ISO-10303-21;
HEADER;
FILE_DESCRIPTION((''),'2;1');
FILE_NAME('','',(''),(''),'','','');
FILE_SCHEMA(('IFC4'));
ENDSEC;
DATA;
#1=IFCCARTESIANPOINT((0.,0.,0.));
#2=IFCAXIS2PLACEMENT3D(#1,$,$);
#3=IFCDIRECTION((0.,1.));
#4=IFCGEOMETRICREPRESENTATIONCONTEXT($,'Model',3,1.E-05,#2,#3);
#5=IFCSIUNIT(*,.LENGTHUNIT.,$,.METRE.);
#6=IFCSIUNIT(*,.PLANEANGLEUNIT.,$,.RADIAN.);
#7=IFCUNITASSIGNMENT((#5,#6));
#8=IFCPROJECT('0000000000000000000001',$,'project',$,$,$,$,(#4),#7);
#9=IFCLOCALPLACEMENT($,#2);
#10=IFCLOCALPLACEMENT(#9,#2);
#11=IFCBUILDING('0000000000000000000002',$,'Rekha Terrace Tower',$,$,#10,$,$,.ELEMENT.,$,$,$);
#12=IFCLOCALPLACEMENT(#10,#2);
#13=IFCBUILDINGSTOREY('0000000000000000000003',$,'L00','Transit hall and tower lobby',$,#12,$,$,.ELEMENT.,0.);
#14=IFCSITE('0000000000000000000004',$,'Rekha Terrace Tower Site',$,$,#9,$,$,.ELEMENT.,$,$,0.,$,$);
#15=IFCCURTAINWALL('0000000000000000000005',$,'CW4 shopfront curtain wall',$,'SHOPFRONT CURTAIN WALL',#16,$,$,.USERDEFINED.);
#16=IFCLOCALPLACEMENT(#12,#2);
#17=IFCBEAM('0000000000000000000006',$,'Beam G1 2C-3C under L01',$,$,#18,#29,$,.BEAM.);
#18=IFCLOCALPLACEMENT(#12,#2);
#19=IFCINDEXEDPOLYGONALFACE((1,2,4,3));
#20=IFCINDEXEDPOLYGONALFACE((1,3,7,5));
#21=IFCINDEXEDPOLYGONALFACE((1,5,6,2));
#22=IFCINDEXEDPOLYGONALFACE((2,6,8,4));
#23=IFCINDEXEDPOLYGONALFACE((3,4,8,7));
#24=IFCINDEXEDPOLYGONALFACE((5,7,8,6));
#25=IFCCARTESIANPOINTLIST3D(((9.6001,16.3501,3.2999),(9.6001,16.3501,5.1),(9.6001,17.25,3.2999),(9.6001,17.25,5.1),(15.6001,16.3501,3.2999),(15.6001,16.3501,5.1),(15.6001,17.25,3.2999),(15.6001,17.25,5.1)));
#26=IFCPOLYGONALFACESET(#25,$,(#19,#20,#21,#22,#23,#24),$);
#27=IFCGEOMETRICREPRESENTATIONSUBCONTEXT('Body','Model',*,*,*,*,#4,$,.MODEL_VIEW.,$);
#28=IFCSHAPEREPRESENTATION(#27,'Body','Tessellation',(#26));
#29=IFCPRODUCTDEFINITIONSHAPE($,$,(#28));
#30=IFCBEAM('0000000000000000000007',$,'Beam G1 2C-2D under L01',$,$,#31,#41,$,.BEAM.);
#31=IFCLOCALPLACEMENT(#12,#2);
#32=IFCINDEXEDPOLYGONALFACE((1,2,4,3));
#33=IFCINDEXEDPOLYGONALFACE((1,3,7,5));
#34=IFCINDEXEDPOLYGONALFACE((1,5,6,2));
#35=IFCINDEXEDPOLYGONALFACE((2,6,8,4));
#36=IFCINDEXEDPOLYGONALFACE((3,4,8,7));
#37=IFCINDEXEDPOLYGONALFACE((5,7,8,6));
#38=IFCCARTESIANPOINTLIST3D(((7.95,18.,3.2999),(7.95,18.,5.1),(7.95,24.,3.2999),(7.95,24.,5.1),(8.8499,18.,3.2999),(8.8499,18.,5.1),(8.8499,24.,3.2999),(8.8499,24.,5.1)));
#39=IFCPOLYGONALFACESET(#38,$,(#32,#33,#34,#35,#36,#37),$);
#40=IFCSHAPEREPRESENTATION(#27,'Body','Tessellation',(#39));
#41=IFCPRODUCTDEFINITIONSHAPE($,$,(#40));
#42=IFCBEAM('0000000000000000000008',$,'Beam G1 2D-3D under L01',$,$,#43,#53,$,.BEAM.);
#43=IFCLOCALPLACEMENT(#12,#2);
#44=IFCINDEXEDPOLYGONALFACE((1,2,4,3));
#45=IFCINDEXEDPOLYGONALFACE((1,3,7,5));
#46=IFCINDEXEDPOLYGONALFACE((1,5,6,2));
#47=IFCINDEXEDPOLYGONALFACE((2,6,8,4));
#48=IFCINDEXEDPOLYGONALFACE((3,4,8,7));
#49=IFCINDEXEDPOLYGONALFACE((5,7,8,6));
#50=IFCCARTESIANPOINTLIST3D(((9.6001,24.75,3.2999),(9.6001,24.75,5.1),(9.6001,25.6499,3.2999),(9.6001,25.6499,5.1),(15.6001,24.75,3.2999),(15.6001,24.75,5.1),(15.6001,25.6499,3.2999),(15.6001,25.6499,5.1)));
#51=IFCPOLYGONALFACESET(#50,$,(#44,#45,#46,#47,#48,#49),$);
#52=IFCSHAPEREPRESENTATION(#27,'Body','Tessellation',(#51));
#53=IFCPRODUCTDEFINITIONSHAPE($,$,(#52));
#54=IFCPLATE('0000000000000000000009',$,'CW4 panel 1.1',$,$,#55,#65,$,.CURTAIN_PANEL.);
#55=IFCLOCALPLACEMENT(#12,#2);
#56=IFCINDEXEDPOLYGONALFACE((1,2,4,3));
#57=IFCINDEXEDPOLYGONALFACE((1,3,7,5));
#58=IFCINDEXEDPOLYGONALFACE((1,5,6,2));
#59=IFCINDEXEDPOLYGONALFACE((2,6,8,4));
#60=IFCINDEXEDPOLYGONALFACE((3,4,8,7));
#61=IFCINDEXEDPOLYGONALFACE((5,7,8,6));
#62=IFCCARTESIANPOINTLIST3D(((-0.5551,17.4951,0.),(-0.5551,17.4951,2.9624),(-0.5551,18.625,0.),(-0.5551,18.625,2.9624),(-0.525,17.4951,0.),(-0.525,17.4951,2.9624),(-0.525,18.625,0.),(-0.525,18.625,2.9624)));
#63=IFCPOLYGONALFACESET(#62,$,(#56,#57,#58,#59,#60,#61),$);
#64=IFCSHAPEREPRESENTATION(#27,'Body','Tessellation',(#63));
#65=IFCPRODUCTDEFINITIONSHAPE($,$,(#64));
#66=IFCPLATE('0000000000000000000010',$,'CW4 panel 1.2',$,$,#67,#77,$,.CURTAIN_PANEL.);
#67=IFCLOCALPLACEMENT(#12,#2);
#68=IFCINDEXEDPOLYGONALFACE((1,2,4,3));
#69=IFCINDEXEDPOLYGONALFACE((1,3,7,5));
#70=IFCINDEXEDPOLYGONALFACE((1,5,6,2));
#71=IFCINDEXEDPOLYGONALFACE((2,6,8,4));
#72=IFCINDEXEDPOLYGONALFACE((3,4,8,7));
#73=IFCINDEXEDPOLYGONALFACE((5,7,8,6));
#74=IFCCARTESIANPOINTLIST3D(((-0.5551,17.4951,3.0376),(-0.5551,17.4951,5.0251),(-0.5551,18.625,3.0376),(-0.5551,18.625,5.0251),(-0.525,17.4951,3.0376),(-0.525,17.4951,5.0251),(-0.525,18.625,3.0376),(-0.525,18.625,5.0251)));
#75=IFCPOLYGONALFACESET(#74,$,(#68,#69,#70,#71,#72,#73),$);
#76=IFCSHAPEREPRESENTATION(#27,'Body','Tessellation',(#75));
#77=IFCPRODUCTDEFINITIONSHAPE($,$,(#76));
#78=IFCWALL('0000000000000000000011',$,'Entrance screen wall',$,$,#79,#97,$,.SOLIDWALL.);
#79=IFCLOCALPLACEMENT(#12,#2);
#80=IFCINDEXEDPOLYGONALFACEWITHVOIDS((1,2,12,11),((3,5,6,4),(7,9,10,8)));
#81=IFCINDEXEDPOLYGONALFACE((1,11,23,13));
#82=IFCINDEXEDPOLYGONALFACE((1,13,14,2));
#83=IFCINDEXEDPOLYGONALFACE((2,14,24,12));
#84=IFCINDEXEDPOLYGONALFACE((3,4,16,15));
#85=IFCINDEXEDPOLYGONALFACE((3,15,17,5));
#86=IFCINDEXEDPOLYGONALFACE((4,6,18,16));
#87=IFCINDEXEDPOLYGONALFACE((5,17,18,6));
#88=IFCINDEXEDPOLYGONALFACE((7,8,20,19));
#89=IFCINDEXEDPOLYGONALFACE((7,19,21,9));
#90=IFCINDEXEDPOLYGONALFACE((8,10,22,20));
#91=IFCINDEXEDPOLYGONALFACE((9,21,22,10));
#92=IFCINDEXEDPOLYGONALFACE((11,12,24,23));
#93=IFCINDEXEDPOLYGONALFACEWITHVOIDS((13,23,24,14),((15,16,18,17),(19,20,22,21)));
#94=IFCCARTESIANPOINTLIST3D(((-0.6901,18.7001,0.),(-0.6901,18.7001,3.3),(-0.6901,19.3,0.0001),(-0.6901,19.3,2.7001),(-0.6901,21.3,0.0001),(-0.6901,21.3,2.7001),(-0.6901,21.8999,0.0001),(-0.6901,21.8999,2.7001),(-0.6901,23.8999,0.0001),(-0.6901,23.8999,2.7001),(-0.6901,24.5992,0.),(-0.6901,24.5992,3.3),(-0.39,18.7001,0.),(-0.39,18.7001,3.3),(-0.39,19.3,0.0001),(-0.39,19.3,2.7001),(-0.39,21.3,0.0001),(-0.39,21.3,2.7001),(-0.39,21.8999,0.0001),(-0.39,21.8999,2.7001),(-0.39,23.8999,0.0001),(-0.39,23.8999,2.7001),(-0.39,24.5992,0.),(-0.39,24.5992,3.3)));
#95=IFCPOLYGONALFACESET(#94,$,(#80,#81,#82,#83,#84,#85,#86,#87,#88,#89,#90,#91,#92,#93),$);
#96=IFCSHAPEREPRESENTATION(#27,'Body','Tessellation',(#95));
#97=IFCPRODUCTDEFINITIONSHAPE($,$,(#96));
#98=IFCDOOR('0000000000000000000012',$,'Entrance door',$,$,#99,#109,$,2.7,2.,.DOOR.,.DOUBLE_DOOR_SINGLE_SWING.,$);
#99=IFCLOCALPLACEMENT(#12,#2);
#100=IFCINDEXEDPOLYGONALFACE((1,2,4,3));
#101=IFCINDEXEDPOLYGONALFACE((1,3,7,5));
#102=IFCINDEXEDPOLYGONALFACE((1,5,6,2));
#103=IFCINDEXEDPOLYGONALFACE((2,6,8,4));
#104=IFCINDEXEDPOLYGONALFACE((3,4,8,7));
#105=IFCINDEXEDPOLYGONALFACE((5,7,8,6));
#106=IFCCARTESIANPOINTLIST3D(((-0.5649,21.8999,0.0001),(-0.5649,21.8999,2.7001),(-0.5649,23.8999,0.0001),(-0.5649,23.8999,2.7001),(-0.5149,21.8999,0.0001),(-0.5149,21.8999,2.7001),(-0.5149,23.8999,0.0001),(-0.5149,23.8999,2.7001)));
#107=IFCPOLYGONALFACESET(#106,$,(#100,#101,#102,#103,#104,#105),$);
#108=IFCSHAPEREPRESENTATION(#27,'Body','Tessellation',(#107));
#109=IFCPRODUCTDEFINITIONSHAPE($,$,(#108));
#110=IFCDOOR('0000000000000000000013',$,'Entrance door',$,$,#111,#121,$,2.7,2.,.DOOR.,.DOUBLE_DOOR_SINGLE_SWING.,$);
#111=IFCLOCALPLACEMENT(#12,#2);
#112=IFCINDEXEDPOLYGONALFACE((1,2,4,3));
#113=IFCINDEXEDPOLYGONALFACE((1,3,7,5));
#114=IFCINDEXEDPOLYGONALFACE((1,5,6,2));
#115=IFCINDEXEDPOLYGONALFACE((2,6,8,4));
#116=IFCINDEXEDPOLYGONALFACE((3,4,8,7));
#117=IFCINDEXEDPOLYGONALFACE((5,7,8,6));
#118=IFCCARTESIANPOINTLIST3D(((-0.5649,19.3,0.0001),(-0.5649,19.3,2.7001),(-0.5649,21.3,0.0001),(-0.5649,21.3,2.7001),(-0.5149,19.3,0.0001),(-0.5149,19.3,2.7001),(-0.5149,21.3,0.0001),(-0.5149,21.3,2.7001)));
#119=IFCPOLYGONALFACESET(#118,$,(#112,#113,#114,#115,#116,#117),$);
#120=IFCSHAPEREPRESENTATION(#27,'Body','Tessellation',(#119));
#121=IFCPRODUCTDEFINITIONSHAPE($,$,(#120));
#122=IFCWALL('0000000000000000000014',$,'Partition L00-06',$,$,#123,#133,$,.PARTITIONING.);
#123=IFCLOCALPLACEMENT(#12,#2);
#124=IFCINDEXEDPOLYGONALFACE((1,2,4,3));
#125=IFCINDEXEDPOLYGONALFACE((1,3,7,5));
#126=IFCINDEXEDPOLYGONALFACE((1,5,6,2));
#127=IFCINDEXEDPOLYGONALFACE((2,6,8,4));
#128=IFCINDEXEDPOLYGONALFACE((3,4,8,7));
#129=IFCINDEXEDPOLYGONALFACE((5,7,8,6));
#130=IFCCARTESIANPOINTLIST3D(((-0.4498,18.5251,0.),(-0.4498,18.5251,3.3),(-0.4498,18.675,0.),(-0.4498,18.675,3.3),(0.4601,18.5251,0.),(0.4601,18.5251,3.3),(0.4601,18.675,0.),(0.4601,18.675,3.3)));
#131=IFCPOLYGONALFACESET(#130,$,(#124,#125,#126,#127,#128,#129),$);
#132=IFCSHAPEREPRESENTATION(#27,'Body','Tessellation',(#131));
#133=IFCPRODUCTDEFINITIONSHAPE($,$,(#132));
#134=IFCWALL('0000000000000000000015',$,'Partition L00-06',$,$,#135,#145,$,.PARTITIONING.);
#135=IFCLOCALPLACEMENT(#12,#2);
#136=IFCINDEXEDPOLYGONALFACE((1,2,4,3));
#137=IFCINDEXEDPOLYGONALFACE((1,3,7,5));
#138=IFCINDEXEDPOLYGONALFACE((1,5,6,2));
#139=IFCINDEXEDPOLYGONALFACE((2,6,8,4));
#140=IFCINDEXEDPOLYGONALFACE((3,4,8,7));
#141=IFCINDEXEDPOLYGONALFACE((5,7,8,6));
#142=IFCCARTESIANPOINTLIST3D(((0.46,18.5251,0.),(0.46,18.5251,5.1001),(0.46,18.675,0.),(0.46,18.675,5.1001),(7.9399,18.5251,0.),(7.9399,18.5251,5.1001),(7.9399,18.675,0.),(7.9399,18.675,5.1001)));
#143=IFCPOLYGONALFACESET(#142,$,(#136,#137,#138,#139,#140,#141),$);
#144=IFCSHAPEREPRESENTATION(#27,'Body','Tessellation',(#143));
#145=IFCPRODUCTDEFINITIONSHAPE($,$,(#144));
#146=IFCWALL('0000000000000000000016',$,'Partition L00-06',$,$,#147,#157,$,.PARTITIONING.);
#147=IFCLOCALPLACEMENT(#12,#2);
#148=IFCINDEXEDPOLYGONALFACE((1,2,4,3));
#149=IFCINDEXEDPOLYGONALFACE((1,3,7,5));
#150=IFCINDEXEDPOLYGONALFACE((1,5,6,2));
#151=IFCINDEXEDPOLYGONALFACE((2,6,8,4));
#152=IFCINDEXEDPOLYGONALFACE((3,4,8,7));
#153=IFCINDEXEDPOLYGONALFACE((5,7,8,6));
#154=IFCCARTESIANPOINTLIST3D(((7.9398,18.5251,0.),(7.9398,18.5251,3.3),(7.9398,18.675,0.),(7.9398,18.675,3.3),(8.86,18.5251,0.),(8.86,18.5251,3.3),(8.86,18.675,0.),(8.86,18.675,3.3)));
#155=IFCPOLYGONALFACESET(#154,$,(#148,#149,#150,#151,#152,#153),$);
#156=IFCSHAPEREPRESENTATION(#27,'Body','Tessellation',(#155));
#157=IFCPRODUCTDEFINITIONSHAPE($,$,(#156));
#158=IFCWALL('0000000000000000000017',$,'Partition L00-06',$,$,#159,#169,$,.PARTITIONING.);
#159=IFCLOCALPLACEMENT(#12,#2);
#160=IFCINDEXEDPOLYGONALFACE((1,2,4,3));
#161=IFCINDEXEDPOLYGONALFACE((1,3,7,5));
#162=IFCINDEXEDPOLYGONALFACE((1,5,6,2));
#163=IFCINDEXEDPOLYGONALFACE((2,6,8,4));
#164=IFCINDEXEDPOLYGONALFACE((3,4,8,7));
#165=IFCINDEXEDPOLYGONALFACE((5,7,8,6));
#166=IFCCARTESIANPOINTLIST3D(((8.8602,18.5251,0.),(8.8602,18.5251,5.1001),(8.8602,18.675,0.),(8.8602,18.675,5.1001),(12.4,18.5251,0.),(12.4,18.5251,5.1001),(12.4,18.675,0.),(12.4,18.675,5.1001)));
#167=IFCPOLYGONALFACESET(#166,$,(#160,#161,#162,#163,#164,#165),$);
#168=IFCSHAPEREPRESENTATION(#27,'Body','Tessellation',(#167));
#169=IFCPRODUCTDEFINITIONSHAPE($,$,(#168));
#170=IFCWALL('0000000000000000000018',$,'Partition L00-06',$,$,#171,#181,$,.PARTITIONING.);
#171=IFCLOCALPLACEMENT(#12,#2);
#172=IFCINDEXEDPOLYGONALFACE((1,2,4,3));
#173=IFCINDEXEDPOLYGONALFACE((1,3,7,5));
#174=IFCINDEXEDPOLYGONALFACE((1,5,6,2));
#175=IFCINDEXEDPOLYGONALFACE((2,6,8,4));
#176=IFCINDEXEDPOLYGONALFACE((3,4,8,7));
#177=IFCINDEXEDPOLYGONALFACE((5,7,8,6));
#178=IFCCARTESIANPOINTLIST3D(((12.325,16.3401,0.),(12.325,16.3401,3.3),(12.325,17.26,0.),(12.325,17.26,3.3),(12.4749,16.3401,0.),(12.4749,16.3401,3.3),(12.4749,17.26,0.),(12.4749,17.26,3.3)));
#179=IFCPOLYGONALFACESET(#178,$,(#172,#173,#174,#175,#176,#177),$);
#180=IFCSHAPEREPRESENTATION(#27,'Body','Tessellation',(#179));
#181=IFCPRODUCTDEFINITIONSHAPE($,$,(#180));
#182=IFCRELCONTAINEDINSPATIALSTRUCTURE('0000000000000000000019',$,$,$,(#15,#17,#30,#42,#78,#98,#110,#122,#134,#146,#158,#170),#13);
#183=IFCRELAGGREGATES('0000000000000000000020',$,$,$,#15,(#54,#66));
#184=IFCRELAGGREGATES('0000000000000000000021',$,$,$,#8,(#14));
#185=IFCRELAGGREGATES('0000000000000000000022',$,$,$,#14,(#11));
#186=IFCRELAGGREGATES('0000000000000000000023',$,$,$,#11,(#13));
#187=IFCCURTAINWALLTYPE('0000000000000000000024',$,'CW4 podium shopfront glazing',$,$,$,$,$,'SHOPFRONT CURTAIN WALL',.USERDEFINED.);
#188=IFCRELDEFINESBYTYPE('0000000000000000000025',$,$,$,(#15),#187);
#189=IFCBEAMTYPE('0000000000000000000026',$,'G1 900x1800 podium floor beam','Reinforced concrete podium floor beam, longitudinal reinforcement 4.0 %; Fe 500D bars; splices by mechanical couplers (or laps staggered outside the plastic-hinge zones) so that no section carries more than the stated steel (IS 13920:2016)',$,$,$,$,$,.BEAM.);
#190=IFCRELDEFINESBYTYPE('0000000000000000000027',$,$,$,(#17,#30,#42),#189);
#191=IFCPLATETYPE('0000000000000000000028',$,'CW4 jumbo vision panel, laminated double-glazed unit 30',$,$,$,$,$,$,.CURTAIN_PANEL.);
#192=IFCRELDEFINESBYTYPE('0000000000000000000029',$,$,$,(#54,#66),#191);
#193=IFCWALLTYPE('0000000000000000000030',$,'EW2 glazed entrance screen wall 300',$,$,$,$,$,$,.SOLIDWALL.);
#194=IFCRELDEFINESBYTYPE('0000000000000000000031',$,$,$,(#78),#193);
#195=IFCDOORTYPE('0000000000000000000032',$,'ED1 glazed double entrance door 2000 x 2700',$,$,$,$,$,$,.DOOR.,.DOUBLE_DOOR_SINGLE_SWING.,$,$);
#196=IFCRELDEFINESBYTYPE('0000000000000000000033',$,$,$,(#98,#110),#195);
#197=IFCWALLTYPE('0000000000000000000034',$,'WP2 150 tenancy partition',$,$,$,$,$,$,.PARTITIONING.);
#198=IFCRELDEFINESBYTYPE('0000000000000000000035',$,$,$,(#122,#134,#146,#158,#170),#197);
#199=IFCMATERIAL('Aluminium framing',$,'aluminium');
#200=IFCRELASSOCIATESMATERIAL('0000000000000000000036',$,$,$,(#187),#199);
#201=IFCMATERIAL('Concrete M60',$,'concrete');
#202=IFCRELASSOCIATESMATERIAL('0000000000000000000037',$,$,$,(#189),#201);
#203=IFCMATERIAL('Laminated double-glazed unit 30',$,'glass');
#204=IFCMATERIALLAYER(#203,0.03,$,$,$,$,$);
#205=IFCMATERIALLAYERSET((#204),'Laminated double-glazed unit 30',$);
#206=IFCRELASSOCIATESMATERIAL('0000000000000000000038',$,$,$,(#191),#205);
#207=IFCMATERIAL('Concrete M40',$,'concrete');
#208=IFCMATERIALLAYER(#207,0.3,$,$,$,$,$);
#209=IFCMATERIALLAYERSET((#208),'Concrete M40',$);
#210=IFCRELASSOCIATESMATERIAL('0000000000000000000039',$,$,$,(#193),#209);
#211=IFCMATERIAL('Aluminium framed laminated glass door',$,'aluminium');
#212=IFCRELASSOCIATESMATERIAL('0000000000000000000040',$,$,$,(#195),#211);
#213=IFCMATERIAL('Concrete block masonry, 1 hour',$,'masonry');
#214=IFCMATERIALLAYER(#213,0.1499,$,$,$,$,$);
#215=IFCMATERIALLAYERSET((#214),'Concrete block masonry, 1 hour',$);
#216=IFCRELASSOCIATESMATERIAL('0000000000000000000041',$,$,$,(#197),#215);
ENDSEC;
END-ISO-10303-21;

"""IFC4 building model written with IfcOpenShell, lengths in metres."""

from ifc_helpers import new_model, si_unit, direction, frame, frame_2d, origin, origin_2d, place, context, subcontext, project, spatial, rectangle, extrude, material, layer, layer_set, material_profile, profile_set, type_object, element, fill, aggregate, save


model = new_model("IFC4")

# Units and contexts
model_context = context("Model", 3, precision=1e-05, world=origin(), true_north=direction((0.0, 1.0)))
body_context = subcontext(model_context, "Body", "Model", "MODEL_VIEW")
ifc_project = project(units=[si_unit("LENGTHUNIT", "METRE"), si_unit("PLANEANGLEUNIT", "RADIAN")], contexts=[model_context])

# Site, building, storey
site_placement = place(None, origin())
site = spatial("IfcSite", under=ifc_project, at=site_placement, Name="Rekha Terrace Tower Site", CompositionType="ELEMENT", RefElevation=0.0)
building_placement = place(site_placement, origin())
building = spatial("IfcBuilding", under=site, at=building_placement, Name="Rekha Terrace Tower", CompositionType="ELEMENT")
storey_placement = place(building_placement, origin())
storey = spatial("IfcBuildingStorey", under=building, at=storey_placement, Name="L00", Description="Transit hall and tower lobby", CompositionType="ELEMENT", Elevation=0.0)

# Shared definitions
ifc_material_1 = material(Name="Concrete M60", Category="concrete")

# Shared definitions
ifc_material_2 = material(Name="Aluminium framing", Category="aluminium")
curtain_wall_type = type_object("IfcCurtainWallType", Name="CW4 podium shopfront glazing", ElementType="SHOPFRONT CURTAIN WALL", PredefinedType="USERDEFINED", material=ifc_material_2)

# Curtain wall
curtain_wall_1_placement = place(storey_placement, origin())
curtain_wall_1 = element("IfcCurtainWall", 1, at=curtain_wall_1_placement, inside=storey, type_object=curtain_wall_type, Name="CW4 shopfront curtain wall", ObjectType="SHOPFRONT CURTAIN WALL", PredefinedType="USERDEFINED")

# Beams
ifc_material_profile_1 = material_profile(ifc_material_1, rectangle(XDim=0.8999, YDim=1.8, at=origin_2d()), Name="RC 900x1800")
ifc_profile_set_1 = profile_set([ifc_material_profile_1], Name="Concrete M60")
beam_type = type_object("IfcBeamType", Name="G1 900x1800 podium floor beam", Description="Reinforced concrete podium floor beam, longitudinal reinforcement 4.0 %; Fe 500D bars; splices by mechanical couplers (or laps staggered outside the plastic-hinge zones) so that no section carries more than the stated steel (IS 13920:2016)", PredefinedType="BEAM", material=ifc_profile_set_1)
for number, where, z_axis, x_axis, name in (
    (2, (9.6001, 16.8, 4.2), (1.0, 0.0, 0.0), (0.0, 1.0, 0.0), "Beam G1 2C-3C under L01"),
    (3, (8.3999, 18.0, 4.2), (0.0, 1.0, 0.0), (-1.0, 0.0, 0.0), "Beam G1 2C-2D under L01"),
    (4, (9.6001, 25.2, 4.2), (1.0, 0.0, 0.0), (0.0, 1.0, 0.0), "Beam G1 2D-3D under L01"),
):
    element("IfcBeam", number, at=place(storey_placement, frame(where, z_axis=z_axis, x_axis=x_axis)), inside=storey, type_object=beam_type, Name=name, PredefinedType="BEAM", context=body_context, shape_type="SweptSolid", body=[
        extrude(rectangle(XDim=0.8999, YDim=1.8, at=origin_2d()), origin(), (0.0, 0.0, 1.0), 6.0),
    ])

# Plates
ifc_material_3 = material(Name="Laminated double-glazed unit 30", Category="glass")
ifc_layer_1 = layer(ifc_material_3, 0.03)
ifc_layer_set_1 = layer_set([ifc_layer_1], Name="Laminated double-glazed unit 30")
plate_type = type_object("IfcPlateType", Name="CW4 jumbo vision panel, laminated double-glazed unit 30", PredefinedType="CURTAIN_PANEL", material=ifc_layer_set_1)
plate_1_placement = place(storey_placement, frame((-0.54, 18.0601, 0.0), z_axis=(0.0, 0.0, 1.0), x_axis=(0.0, -1.0, 0.0)))
plate_1 = element("IfcPlate", 5, at=plate_1_placement, type_object=plate_type, Name="CW4 panel 1.1", PredefinedType="CURTAIN_PANEL", context=body_context, shape_type="SweptSolid", body=[
    extrude(rectangle(XDim=1.1299, YDim=0.03, at=origin_2d()), origin(), (0.0, 0.0, 1.0), 2.9624),
])
plate_2_placement = place(storey_placement, frame((-0.54, 18.0601, 3.0376), z_axis=(0.0, 0.0, 1.0), x_axis=(0.0, -1.0, 0.0)))
plate_2 = element("IfcPlate", 6, at=plate_2_placement, type_object=plate_type, Name="CW4 panel 1.2", PredefinedType="CURTAIN_PANEL", context=body_context, shape_type="SweptSolid", body=[
    extrude(rectangle(XDim=1.1299, YDim=0.03, at=origin_2d()), origin(), (0.0, 0.0, 1.0), 1.9875),
])
aggregate(curtain_wall_1, [plate_1, plate_2])

# Wall, openings, doors
ifc_material_4 = material(Name="Concrete M40", Category="concrete")
ifc_layer_2 = layer(ifc_material_4, 0.3)
ifc_layer_set_2 = layer_set([ifc_layer_2], Name="Concrete M40")
wall_type_1 = type_object("IfcWallType", Name="EW2 glazed entrance screen wall 300", PredefinedType="SOLIDWALL", material=ifc_layer_set_2)
wall_1_placement = place(storey_placement, frame((-0.54, 18.7, 0.0), z_axis=(0.0, 0.0, 1.0), x_axis=(0.0, 1.0, 0.0)))
wall_1 = element("IfcWall", 7, at=wall_1_placement, inside=storey, type_object=wall_type_1, Name="Entrance screen wall", PredefinedType="SOLIDWALL", context=body_context, shape_type="SweptSolid", body=[
    extrude(rectangle(XDim=5.8992, YDim=0.3, at=frame_2d((2.9497, 0.0))), origin(), (0.0, 0.0, 1.0), 3.3),
])
opening_1_placement = place(wall_1_placement, frame((3.2, 0.0, 0.0)))
opening_1 = element("IfcOpeningElement", 8, at=opening_1_placement, cuts=wall_1, PredefinedType="OPENING", context=body_context, shape_type="SweptSolid", body=[
    extrude(rectangle(XDim=2.0, YDim=2.7, at=frame_2d((1.0, 1.3501))), frame((0.0, 0.1599, 0.0), z_axis=(0.0, -1.0, 0.0), x_axis=(1.0, 0.0, 0.0)), (0.0, 0.0, 1.0), 0.3201),
])
opening_2_placement = place(wall_1_placement, frame((0.6001, 0.0, 0.0)))
opening_2 = element("IfcOpeningElement", 9, at=opening_2_placement, cuts=wall_1, PredefinedType="OPENING", context=body_context, shape_type="SweptSolid", body=[
    extrude(rectangle(XDim=2.0, YDim=2.7, at=frame_2d((1.0, 1.3501))), frame((0.0, 0.1599, 0.0), z_axis=(0.0, -1.0, 0.0), x_axis=(1.0, 0.0, 0.0)), (0.0, 0.0, 1.0), 0.3201),
])
ifc_material_5 = material(Name="Aluminium framed laminated glass door", Category="aluminium")
door_type_1 = type_object("IfcDoorType", Name="ED1 glazed double entrance door 2000 x 2700", OperationType="DOUBLE_DOOR_SINGLE_SWING", PredefinedType="DOOR", material=ifc_material_5)
door_1_placement = place(opening_1_placement, origin())
door_1 = element("IfcDoor", 10, at=door_1_placement, inside=storey, type_object=door_type_1, Name="Entrance door", OperationType="DOUBLE_DOOR_SINGLE_SWING", OverallHeight=2.7, OverallWidth=2.0, PredefinedType="DOOR", context=body_context, shape_type="SweptSolid", body=[
    extrude(rectangle(XDim=2.0, YDim=2.7, at=frame_2d((1.0, 1.3501))), frame((0.0, 0.0249, 0.0), z_axis=(0.0, -1.0, 0.0), x_axis=(1.0, 0.0, 0.0)), (0.0, 0.0, 1.0), 0.05),
])
fill(opening_1, door_1)
door_2_placement = place(opening_2_placement, origin())
door_2 = element("IfcDoor", 11, at=door_2_placement, inside=storey, type_object=door_type_1, Name="Entrance door", OperationType="DOUBLE_DOOR_SINGLE_SWING", OverallHeight=2.7, OverallWidth=2.0, PredefinedType="DOOR", context=body_context, shape_type="SweptSolid", body=[
    extrude(rectangle(XDim=2.0, YDim=2.7, at=frame_2d((1.0, 1.3501))), frame((0.0, 0.0249, 0.0), z_axis=(0.0, -1.0, 0.0), x_axis=(1.0, 0.0, 0.0)), (0.0, 0.0, 1.0), 0.05),
])
fill(opening_2, door_2)

# Walls
ifc_material_6 = material(Name="Concrete block masonry, 1 hour", Category="masonry")
ifc_layer_3 = layer(ifc_material_6, 0.1499)
ifc_layer_set_3 = layer_set([ifc_layer_3], Name="Concrete block masonry, 1 hour")
wall_type_2 = type_object("IfcWallType", Name="WP2 150 tenancy partition", PredefinedType="PARTITIONING", material=ifc_layer_set_3)
wall_2_placement = place(storey_placement, frame((-0.45, 18.6001, 0.0), z_axis=(0.0, 0.0, 1.0), x_axis=(1.0, 0.0, 0.0)))
element("IfcWall", 12, at=wall_2_placement, inside=storey, type_object=wall_type_2, Name="Partition L00-06", PredefinedType="PARTITIONING", context=body_context, shape_type="SweptSolid", body=[
    extrude(rectangle(XDim=0.9099, YDim=0.1499, at=frame_2d((0.4551, 0.0))), origin(), (0.0, 0.0, 1.0), 3.3),
])
wall_3_placement = place(storey_placement, frame((0.46, 18.6001, 0.0), z_axis=(0.0, 0.0, 1.0), x_axis=(1.0, 0.0, 0.0)))
element("IfcWall", 13, at=wall_3_placement, inside=storey, type_object=wall_type_2, Name="Partition L00-06", PredefinedType="PARTITIONING", context=body_context, shape_type="SweptSolid", body=[
    extrude(rectangle(XDim=7.48, YDim=0.1499, at=frame_2d((3.74, 0.0))), origin(), (0.0, 0.0, 1.0), 5.1001),
])
wall_4_placement = place(storey_placement, frame((7.9399, 18.6001, 0.0), z_axis=(0.0, 0.0, 1.0), x_axis=(1.0, 0.0, 0.0)))
element("IfcWall", 14, at=wall_4_placement, inside=storey, type_object=wall_type_2, Name="Partition L00-06", PredefinedType="PARTITIONING", context=body_context, shape_type="SweptSolid", body=[
    extrude(rectangle(XDim=0.9202, YDim=0.1499, at=frame_2d((0.46, 0.0))), origin(), (0.0, 0.0, 1.0), 3.3),
])
wall_5_placement = place(storey_placement, frame((8.8601, 18.6001, 0.0), z_axis=(0.0, 0.0, 1.0), x_axis=(1.0, 0.0, 0.0)))
element("IfcWall", 15, at=wall_5_placement, inside=storey, type_object=wall_type_2, Name="Partition L00-06", PredefinedType="PARTITIONING", context=body_context, shape_type="SweptSolid", body=[
    extrude(rectangle(XDim=3.5398, YDim=0.1499, at=frame_2d((1.77, 0.0))), origin(), (0.0, 0.0, 1.0), 5.1001),
])
wall_6_placement = place(storey_placement, frame((12.3999, 17.26, 0.0), z_axis=(0.0, 0.0, 1.0), x_axis=(0.0, -1.0, 0.0)))
element("IfcWall", 16, at=wall_6_placement, inside=storey, type_object=wall_type_2, Name="Partition L00-06", PredefinedType="PARTITIONING", context=body_context, shape_type="SweptSolid", body=[
    extrude(rectangle(XDim=0.9199, YDim=0.1499, at=frame_2d((0.46, 0.0))), origin(), (0.0, 0.0, 1.0), 3.3),
])

save(model, "model.ifc")
